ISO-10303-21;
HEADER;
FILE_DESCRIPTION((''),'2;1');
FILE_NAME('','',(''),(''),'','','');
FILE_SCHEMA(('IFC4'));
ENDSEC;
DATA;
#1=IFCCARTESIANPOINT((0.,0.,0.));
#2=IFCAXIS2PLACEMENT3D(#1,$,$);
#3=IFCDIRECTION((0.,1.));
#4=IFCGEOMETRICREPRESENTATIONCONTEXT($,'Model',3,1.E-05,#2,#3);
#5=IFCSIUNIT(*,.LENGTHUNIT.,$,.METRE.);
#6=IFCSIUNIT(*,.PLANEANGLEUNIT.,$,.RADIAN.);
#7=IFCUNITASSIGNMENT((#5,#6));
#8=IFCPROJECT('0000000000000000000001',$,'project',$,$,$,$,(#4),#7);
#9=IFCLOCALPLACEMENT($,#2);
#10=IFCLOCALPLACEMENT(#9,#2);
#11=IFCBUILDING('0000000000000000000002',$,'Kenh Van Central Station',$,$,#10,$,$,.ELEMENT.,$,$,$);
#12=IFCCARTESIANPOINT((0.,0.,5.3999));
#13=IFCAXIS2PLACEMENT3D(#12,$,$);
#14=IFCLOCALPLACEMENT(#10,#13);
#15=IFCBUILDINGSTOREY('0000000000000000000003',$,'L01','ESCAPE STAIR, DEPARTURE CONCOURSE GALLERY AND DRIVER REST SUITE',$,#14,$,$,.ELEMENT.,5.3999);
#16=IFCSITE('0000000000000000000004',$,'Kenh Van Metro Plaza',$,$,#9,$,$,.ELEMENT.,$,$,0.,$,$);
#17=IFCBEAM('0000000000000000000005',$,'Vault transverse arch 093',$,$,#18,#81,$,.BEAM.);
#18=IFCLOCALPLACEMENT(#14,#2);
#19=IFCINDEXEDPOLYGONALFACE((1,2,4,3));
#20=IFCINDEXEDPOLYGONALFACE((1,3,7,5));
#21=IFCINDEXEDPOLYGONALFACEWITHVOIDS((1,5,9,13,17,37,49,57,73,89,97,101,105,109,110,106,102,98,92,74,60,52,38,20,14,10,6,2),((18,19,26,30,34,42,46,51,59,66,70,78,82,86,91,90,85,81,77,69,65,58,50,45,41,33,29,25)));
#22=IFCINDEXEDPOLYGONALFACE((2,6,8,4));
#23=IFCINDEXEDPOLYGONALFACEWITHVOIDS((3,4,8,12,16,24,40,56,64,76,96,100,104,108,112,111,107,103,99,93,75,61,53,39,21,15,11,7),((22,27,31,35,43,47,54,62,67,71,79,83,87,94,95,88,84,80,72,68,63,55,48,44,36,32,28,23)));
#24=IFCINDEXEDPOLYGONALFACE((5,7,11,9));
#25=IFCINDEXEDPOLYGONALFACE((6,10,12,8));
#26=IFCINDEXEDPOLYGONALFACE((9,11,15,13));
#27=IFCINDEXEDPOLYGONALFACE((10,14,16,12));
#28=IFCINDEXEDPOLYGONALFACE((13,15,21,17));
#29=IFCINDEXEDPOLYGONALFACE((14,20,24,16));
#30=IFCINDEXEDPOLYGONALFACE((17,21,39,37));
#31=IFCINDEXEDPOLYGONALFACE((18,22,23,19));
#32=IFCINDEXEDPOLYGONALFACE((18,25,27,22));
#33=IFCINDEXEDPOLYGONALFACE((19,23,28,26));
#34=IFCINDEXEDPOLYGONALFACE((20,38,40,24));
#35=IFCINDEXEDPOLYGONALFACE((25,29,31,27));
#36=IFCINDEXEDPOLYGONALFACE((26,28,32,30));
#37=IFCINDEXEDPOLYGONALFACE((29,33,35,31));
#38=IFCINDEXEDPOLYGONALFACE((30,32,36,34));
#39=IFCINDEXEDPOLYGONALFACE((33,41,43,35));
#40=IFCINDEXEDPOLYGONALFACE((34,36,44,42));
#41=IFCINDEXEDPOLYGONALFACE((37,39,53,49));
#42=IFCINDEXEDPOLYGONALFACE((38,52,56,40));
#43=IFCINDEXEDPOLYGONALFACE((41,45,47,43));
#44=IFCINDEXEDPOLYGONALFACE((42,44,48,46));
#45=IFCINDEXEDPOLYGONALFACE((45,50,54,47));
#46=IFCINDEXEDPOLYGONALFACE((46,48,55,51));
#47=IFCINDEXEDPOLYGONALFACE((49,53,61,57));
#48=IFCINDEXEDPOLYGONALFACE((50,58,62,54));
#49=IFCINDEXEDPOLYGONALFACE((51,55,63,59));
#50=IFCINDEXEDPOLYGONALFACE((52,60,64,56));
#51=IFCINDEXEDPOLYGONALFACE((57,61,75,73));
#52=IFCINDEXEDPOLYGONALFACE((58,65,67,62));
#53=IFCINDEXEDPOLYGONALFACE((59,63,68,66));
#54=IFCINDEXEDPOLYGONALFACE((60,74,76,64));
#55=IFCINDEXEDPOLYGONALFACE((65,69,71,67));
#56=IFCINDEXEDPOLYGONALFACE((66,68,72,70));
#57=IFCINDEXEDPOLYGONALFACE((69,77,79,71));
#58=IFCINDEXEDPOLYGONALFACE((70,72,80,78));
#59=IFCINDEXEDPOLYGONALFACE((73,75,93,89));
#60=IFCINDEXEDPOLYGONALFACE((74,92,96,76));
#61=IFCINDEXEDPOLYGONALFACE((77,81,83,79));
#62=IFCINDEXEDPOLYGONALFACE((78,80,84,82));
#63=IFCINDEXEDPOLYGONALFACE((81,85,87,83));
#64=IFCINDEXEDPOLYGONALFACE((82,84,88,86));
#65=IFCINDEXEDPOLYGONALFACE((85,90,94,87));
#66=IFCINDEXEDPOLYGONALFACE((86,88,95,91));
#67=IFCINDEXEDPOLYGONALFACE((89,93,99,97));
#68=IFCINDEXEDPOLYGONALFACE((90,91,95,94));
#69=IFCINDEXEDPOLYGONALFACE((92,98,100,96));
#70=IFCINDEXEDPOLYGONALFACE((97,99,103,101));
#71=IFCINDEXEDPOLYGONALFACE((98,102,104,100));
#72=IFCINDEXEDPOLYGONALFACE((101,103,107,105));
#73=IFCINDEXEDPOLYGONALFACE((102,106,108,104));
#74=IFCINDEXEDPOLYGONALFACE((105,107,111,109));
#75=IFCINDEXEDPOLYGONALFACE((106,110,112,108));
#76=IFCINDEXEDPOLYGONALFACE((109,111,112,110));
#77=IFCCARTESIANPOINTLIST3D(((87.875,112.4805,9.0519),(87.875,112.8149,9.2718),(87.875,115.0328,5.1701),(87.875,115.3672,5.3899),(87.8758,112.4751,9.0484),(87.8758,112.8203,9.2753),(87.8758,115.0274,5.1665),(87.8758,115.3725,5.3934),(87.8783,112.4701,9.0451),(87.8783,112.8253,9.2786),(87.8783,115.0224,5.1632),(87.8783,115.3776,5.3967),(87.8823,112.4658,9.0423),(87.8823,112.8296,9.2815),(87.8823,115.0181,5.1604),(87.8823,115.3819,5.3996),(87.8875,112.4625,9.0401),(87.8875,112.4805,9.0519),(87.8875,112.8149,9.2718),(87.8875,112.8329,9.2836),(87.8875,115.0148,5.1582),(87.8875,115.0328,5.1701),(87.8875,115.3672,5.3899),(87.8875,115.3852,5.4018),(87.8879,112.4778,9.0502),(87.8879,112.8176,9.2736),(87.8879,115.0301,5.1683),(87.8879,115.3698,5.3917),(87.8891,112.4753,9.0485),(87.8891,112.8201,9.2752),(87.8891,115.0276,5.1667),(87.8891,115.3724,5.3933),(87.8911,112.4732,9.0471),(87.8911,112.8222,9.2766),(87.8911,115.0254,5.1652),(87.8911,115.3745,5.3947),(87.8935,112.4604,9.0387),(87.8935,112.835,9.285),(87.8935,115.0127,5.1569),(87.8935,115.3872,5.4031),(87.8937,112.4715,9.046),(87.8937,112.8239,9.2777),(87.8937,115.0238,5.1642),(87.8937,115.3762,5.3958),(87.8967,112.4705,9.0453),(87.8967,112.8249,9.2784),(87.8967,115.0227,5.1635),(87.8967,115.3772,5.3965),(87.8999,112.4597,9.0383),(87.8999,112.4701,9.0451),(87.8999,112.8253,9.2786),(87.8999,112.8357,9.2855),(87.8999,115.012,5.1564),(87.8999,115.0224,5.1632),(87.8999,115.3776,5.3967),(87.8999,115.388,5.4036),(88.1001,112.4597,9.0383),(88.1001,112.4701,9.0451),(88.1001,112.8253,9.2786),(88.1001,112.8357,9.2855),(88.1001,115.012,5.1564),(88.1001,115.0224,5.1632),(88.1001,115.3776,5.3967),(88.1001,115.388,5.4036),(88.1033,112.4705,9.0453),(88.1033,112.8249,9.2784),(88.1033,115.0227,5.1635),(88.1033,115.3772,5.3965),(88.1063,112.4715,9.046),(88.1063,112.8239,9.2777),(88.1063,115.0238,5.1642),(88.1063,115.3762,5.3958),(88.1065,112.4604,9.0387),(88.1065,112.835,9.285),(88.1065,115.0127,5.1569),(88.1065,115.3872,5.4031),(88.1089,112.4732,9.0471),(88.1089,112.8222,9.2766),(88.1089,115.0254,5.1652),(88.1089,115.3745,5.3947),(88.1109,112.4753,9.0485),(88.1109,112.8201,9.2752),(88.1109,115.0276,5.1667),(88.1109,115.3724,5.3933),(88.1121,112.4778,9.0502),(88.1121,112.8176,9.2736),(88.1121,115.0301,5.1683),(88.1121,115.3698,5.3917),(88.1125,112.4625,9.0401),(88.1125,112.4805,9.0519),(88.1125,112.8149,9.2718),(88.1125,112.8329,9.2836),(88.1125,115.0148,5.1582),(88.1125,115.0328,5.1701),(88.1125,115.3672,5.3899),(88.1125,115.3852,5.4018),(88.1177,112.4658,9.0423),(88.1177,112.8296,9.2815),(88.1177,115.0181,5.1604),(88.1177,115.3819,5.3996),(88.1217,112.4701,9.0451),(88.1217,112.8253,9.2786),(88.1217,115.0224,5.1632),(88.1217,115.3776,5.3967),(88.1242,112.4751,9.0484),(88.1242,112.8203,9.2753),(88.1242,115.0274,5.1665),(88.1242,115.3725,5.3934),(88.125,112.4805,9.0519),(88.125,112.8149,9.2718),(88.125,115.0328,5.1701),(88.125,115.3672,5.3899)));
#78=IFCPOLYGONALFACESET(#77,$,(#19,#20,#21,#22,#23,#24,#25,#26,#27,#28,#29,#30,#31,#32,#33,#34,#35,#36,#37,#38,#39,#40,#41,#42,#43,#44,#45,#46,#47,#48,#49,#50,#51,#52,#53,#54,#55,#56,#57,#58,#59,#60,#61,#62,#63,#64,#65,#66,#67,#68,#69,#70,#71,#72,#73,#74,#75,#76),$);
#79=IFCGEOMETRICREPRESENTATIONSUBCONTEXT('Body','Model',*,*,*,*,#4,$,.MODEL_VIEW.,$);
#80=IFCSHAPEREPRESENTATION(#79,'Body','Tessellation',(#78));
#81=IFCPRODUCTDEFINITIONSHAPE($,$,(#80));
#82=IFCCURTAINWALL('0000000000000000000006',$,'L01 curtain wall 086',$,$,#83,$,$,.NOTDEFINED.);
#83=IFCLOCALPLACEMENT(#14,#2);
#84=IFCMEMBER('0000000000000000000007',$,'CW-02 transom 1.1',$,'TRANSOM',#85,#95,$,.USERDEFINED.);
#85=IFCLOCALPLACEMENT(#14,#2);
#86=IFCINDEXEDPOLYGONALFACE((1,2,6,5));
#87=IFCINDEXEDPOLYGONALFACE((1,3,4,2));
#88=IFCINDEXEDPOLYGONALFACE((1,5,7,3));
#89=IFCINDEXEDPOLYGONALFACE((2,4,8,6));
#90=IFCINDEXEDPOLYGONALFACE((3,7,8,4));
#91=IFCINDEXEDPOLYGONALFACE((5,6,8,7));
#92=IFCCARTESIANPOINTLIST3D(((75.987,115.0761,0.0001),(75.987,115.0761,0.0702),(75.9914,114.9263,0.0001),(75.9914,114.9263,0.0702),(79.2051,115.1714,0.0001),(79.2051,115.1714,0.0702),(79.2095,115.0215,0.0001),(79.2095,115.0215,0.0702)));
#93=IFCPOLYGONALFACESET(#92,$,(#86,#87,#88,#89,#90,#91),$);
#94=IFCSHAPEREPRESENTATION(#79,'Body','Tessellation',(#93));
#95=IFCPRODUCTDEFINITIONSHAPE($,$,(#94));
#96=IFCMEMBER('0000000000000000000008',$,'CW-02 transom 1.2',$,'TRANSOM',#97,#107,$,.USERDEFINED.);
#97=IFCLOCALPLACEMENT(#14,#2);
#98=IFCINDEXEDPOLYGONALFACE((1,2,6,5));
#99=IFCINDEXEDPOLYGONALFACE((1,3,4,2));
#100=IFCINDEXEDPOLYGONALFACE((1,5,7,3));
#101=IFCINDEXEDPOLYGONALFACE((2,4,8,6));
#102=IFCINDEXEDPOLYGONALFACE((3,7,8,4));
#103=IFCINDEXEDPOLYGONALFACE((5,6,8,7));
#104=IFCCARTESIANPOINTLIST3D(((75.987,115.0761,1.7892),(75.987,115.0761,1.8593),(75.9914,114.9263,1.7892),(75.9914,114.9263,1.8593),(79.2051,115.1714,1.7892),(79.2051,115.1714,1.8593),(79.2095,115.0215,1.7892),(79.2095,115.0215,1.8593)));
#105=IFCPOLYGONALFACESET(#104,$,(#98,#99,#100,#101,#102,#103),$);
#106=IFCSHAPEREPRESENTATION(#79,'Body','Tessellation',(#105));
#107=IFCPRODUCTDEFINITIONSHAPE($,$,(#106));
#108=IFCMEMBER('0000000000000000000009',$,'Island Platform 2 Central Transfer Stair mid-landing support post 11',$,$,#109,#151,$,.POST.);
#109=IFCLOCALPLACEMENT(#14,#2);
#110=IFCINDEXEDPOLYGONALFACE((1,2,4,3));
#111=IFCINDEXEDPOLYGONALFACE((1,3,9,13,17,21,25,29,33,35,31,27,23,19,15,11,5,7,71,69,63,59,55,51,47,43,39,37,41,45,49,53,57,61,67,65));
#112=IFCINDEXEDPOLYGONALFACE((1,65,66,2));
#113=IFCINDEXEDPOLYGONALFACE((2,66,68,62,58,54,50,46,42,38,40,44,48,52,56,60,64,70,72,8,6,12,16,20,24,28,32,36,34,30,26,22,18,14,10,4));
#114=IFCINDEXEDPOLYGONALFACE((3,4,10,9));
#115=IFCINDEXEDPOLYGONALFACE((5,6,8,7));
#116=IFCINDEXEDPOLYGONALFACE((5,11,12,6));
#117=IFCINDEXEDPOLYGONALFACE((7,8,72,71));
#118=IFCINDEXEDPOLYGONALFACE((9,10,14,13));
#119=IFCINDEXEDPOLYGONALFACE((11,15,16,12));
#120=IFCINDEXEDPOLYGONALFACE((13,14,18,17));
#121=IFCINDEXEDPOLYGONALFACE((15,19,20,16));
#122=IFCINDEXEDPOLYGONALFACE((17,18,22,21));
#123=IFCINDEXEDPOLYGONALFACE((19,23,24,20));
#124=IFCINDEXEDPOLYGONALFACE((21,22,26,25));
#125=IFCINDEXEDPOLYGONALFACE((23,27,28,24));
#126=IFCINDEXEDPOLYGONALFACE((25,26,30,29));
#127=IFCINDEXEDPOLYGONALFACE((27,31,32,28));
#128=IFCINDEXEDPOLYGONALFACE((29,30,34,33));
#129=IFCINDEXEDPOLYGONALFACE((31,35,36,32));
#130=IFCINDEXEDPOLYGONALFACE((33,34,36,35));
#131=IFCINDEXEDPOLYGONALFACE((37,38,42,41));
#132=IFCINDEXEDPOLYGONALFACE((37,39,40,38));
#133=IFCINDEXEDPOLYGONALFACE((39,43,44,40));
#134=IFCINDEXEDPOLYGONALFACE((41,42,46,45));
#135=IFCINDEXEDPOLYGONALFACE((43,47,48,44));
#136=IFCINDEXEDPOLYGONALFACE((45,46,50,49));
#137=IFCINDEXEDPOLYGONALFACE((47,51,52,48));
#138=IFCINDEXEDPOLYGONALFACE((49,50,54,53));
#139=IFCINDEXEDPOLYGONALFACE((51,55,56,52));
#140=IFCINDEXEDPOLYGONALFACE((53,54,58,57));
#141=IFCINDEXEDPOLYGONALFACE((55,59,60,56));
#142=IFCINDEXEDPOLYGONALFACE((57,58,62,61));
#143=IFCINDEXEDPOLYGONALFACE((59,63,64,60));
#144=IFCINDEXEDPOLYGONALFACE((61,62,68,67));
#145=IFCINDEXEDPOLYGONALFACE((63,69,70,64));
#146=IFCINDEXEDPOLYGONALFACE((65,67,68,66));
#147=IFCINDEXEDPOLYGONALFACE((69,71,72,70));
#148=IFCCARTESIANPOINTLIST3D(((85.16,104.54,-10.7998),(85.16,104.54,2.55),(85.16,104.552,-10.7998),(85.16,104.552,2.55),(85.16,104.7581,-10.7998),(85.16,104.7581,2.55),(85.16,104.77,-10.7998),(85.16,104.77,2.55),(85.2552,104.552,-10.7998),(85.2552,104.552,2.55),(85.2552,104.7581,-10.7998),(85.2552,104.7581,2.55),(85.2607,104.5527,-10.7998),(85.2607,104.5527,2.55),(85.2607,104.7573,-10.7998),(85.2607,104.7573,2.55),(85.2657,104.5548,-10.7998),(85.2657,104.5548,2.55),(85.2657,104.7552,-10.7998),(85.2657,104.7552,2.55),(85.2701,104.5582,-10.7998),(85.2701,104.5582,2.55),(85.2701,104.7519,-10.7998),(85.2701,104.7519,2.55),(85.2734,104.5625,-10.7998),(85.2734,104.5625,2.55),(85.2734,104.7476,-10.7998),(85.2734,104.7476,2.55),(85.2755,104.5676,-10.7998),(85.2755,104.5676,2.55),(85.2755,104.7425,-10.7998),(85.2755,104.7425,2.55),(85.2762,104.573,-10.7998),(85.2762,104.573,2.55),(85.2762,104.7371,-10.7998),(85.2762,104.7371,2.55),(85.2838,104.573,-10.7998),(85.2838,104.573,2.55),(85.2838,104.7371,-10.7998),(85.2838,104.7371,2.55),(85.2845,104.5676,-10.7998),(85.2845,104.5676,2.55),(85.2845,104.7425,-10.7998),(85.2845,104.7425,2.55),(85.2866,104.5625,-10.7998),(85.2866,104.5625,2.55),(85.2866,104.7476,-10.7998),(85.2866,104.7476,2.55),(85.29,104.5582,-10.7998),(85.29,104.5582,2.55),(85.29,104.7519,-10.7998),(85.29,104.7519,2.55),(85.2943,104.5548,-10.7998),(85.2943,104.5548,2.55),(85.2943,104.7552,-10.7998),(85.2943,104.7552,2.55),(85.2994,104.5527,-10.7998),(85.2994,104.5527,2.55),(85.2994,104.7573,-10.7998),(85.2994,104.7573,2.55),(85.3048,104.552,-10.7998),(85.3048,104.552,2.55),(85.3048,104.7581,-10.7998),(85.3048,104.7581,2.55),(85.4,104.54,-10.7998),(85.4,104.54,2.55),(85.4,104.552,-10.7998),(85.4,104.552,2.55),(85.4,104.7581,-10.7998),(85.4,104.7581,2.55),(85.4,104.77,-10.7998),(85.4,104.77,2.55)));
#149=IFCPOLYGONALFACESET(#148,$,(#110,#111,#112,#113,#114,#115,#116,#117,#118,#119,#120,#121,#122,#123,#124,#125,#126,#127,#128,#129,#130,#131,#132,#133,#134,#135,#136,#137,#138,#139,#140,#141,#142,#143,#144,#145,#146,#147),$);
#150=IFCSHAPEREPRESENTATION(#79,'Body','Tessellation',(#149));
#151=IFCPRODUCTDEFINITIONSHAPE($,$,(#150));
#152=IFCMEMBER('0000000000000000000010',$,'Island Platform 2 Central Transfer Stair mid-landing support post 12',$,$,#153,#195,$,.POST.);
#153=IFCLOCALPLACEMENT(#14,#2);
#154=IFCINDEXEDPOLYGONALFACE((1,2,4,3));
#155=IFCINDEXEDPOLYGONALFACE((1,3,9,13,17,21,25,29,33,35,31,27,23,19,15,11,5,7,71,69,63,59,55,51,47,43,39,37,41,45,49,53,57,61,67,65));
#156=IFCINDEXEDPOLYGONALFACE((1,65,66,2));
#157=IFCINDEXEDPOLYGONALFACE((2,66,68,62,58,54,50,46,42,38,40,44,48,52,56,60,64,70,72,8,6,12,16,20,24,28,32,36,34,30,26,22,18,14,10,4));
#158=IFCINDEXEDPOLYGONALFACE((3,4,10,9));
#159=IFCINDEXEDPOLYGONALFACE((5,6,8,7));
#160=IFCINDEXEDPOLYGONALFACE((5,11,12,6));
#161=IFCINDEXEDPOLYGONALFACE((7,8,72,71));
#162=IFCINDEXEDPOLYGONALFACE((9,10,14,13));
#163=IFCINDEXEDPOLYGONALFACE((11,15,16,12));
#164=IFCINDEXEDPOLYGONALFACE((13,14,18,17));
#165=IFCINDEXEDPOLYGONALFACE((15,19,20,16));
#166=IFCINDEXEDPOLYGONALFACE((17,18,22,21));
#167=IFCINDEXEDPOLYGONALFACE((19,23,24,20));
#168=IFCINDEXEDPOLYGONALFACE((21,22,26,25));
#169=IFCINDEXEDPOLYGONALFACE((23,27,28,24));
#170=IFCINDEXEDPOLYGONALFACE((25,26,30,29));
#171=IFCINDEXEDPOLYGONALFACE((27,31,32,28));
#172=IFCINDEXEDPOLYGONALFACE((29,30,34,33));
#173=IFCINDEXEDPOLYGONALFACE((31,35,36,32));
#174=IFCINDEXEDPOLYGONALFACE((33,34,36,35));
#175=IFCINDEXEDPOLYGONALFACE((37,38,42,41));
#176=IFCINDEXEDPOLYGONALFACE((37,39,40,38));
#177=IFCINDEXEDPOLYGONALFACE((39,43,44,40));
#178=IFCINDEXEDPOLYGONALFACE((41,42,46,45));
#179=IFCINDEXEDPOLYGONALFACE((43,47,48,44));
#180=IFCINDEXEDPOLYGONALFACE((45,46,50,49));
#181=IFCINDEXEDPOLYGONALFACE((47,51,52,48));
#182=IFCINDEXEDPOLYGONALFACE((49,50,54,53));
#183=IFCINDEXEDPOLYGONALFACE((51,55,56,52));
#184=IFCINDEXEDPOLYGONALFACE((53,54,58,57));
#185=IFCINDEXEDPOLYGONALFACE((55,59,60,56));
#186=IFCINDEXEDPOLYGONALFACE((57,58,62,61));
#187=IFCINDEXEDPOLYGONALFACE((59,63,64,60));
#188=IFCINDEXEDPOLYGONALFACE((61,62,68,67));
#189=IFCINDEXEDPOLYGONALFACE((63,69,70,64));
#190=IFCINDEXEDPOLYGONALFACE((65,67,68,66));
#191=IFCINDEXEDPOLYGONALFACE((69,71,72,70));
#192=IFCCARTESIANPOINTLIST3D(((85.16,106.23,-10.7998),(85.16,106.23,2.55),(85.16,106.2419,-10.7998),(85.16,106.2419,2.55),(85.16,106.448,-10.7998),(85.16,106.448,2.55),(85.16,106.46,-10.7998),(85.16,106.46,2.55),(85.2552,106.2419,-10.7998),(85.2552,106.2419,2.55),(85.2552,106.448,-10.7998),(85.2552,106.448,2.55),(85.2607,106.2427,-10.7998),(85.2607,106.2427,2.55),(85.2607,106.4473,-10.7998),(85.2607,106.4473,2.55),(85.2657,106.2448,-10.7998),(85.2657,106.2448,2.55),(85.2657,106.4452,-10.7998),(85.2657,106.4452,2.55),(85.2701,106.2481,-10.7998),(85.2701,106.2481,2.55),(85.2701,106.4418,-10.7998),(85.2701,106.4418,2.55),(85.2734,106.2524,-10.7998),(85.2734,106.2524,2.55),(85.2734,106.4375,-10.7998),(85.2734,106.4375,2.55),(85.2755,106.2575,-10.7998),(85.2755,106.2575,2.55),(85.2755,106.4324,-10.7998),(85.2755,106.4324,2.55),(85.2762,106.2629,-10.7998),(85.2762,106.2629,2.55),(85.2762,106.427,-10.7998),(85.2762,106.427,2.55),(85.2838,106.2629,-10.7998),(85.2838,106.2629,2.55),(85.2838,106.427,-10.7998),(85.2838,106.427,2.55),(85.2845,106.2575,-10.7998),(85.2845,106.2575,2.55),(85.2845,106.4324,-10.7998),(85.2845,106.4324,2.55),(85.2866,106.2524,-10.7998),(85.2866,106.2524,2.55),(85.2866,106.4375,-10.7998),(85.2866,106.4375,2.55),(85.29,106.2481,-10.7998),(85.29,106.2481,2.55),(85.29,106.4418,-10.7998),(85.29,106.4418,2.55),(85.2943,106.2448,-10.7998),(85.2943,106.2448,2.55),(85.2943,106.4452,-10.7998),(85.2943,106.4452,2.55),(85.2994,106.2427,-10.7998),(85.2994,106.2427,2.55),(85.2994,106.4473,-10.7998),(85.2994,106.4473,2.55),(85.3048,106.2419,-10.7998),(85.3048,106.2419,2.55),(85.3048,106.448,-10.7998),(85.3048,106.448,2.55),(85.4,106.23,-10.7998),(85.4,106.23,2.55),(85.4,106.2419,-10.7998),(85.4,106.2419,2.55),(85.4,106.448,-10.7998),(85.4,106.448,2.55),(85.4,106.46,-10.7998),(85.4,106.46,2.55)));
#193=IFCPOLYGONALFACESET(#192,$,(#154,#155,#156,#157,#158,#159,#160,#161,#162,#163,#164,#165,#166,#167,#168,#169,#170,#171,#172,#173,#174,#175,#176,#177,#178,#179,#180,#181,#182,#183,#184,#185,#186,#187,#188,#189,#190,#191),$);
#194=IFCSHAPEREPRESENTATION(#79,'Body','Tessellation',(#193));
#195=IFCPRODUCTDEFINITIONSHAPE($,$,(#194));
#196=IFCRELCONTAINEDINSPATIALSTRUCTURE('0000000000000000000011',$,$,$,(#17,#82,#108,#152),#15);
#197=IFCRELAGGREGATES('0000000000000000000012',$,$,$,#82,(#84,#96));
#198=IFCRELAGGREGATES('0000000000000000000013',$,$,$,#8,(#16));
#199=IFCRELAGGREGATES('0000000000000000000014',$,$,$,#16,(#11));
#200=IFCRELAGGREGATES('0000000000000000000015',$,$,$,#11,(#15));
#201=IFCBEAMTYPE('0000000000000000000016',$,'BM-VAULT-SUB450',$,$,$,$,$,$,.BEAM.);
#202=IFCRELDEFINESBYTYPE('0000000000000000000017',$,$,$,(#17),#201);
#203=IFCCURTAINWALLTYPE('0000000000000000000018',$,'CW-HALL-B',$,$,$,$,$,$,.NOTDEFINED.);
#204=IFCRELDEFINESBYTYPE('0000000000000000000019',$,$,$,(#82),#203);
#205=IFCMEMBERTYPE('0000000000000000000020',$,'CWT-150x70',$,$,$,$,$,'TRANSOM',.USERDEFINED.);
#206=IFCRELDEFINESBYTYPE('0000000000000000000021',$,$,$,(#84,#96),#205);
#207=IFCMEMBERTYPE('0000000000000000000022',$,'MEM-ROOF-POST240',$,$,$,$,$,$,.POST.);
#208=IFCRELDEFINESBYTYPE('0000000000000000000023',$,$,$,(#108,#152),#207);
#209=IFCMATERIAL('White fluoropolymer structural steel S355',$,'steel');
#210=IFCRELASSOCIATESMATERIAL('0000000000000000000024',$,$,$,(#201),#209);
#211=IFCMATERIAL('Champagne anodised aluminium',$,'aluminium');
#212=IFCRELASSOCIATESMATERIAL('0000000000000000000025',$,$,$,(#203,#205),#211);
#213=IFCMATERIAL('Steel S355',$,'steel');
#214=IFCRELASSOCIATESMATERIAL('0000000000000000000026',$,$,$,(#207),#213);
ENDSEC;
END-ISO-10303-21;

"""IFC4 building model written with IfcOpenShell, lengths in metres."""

from ifc_helpers import new_model, si_unit, direction, frame, origin, origin_2d, place, context, subcontext, project, spatial, rectangle, hollow_rectangle, i_section, extrude, material, material_profile, profile_set, type_object, element, aggregate, save


model = new_model("IFC4")

# Units and contexts
model_context = context("Model", 3, precision=1e-05, world=origin(), true_north=direction((0.0, 1.0)))
body_context = subcontext(model_context, "Body", "Model", "MODEL_VIEW")
ifc_project = project(units=[si_unit("LENGTHUNIT", "METRE"), si_unit("PLANEANGLEUNIT", "RADIAN")], contexts=[model_context])

# Site, building, storey
site_placement = place(None, origin())
site = spatial("IfcSite", under=ifc_project, at=site_placement, Name="Kenh Van Metro Plaza", CompositionType="ELEMENT", RefElevation=0.0)
building_placement = place(site_placement, origin())
building = spatial("IfcBuilding", under=site, at=building_placement, Name="Kenh Van Central Station", CompositionType="ELEMENT")
storey_placement = place(building_placement, frame((0.0, 0.0, 5.3999)))
storey = spatial("IfcBuildingStorey", under=building, at=storey_placement, Name="L01", Description="ESCAPE STAIR, DEPARTURE CONCOURSE GALLERY AND DRIVER REST SUITE", CompositionType="ELEMENT", Elevation=5.3999)

# Beam
ifc_material_1 = material(Name="White fluoropolymer structural steel S355", Category="steel")
ifc_material_profile_1 = material_profile(ifc_material_1, hollow_rectangle(XDim=0.25, YDim=0.45, WallThickness=0.0125, InnerFilletRadius=0.0125, OuterFilletRadius=0.0249, at=origin_2d()), Name="RHS 450x250x12.5")
ifc_profile_set_1 = profile_set([ifc_material_profile_1], Name="White fluoropolymer structural steel S355")
beam_type_1 = type_object("IfcBeamType", Name="BM-VAULT-SUB450", PredefinedType="BEAM", material=ifc_profile_set_1)
beam_1_placement = place(storey_placement, frame((88.0, 112.6477, 9.1619), z_axis=(0.0, 0.549377, -0.835575), x_axis=(-1.0, 0.0, 0.0)))
element("IfcBeam", 1, at=beam_1_placement, inside=storey, type_object=beam_type_1, Name="Vault transverse arch 093", PredefinedType="BEAM", context=body_context, shape_type="SweptSolid", body=[
    extrude(hollow_rectangle(XDim=0.25, YDim=0.45, WallThickness=0.0125, InnerFilletRadius=0.0125, OuterFilletRadius=0.0249, at=origin_2d()), origin(), (0.0, 0.0, 1.0), 4.6458),
])

# Curtain wall, members
ifc_material_2 = material(Name="Champagne anodised aluminium", Category="aluminium")
curtain_wall_type = type_object("IfcCurtainWallType", Name="CW-HALL-B", PredefinedType="NOTDEFINED", material=ifc_material_2)
curtain_wall_placement = place(storey_placement, origin())
curtain_wall = element("IfcCurtainWall", 2, at=curtain_wall_placement, inside=storey, type_object=curtain_wall_type, Name="L01 curtain wall 086", PredefinedType="NOTDEFINED")
ifc_material_profile_2 = material_profile(ifc_material_2, rectangle(XDim=0.1499, YDim=0.0701, at=origin_2d()), Name="AL 150x70")
ifc_profile_set_2 = profile_set([ifc_material_profile_2], Name="Champagne anodised aluminium")
member_type_1 = type_object("IfcMemberType", Name="CWT-150x70", ElementType="TRANSOM", PredefinedType="USERDEFINED", material=ifc_profile_set_2)
member_1_placement = place(storey_placement, frame((79.2073, 115.0964, 0.0352), z_axis=(-0.999563, -0.029575, 0.0), x_axis=(0.029575, -0.999563, 0.0)))
member_1 = element("IfcMember", 3, at=member_1_placement, type_object=member_type_1, Name="CW-02 transom 1.1", ObjectType="TRANSOM", PredefinedType="USERDEFINED", context=body_context, shape_type="SweptSolid", body=[
    extrude(rectangle(XDim=0.1499, YDim=0.0701, at=origin_2d()), origin(), (0.0, 0.0, 1.0), 3.2195),
])
member_2_placement = place(storey_placement, frame((79.2073, 115.0964, 1.8242), z_axis=(-0.999563, -0.029575, 0.0), x_axis=(0.029575, -0.999563, 0.0)))
member_2 = element("IfcMember", 4, at=member_2_placement, type_object=member_type_1, Name="CW-02 transom 1.2", ObjectType="TRANSOM", PredefinedType="USERDEFINED", context=body_context, shape_type="SweptSolid", body=[
    extrude(rectangle(XDim=0.1499, YDim=0.0701, at=origin_2d()), origin(), (0.0, 0.0, 1.0), 3.2195),
])
aggregate(curtain_wall, [member_1, member_2])

# Members
ifc_material_3 = material(Name="Steel S355", Category="steel")
ifc_material_profile_3 = material_profile(ifc_material_3, i_section(OverallWidth=0.24, OverallDepth=0.23, WebThickness=0.0076, FlangeThickness=0.012, FilletRadius=0.021, at=origin_2d()), Name="HEA 240")
ifc_profile_set_3 = profile_set([ifc_material_profile_3], Name="Steel S355")
member_type_2 = type_object("IfcMemberType", Name="MEM-ROOF-POST240", PredefinedType="POST", material=ifc_profile_set_3)
for number, where, z_axis, x_axis, name in (
    (5, (85.28, 104.655, -10.7998), (0.0, 0.0, 1.0), (1.0, 0.0, 0.0), "Island Platform 2 Central Transfer Stair mid-landing support post 11"),
    (6, (85.28, 106.345, -10.7998), (0.0, 0.0, 1.0), (1.0, 0.0, 0.0), "Island Platform 2 Central Transfer Stair mid-landing support post 12"),
):
    element("IfcMember", number, at=place(storey_placement, frame(where, z_axis=z_axis, x_axis=x_axis)), inside=storey, type_object=member_type_2, Name=name, PredefinedType="POST", context=body_context, shape_type="SweptSolid", body=[
        extrude(i_section(OverallWidth=0.24, OverallDepth=0.23, WebThickness=0.0076, FlangeThickness=0.012, FilletRadius=0.021, at=origin_2d()), origin(), (0.0, 0.0, 1.0), 13.3499),
    ])

save(model, "model.ifc")
